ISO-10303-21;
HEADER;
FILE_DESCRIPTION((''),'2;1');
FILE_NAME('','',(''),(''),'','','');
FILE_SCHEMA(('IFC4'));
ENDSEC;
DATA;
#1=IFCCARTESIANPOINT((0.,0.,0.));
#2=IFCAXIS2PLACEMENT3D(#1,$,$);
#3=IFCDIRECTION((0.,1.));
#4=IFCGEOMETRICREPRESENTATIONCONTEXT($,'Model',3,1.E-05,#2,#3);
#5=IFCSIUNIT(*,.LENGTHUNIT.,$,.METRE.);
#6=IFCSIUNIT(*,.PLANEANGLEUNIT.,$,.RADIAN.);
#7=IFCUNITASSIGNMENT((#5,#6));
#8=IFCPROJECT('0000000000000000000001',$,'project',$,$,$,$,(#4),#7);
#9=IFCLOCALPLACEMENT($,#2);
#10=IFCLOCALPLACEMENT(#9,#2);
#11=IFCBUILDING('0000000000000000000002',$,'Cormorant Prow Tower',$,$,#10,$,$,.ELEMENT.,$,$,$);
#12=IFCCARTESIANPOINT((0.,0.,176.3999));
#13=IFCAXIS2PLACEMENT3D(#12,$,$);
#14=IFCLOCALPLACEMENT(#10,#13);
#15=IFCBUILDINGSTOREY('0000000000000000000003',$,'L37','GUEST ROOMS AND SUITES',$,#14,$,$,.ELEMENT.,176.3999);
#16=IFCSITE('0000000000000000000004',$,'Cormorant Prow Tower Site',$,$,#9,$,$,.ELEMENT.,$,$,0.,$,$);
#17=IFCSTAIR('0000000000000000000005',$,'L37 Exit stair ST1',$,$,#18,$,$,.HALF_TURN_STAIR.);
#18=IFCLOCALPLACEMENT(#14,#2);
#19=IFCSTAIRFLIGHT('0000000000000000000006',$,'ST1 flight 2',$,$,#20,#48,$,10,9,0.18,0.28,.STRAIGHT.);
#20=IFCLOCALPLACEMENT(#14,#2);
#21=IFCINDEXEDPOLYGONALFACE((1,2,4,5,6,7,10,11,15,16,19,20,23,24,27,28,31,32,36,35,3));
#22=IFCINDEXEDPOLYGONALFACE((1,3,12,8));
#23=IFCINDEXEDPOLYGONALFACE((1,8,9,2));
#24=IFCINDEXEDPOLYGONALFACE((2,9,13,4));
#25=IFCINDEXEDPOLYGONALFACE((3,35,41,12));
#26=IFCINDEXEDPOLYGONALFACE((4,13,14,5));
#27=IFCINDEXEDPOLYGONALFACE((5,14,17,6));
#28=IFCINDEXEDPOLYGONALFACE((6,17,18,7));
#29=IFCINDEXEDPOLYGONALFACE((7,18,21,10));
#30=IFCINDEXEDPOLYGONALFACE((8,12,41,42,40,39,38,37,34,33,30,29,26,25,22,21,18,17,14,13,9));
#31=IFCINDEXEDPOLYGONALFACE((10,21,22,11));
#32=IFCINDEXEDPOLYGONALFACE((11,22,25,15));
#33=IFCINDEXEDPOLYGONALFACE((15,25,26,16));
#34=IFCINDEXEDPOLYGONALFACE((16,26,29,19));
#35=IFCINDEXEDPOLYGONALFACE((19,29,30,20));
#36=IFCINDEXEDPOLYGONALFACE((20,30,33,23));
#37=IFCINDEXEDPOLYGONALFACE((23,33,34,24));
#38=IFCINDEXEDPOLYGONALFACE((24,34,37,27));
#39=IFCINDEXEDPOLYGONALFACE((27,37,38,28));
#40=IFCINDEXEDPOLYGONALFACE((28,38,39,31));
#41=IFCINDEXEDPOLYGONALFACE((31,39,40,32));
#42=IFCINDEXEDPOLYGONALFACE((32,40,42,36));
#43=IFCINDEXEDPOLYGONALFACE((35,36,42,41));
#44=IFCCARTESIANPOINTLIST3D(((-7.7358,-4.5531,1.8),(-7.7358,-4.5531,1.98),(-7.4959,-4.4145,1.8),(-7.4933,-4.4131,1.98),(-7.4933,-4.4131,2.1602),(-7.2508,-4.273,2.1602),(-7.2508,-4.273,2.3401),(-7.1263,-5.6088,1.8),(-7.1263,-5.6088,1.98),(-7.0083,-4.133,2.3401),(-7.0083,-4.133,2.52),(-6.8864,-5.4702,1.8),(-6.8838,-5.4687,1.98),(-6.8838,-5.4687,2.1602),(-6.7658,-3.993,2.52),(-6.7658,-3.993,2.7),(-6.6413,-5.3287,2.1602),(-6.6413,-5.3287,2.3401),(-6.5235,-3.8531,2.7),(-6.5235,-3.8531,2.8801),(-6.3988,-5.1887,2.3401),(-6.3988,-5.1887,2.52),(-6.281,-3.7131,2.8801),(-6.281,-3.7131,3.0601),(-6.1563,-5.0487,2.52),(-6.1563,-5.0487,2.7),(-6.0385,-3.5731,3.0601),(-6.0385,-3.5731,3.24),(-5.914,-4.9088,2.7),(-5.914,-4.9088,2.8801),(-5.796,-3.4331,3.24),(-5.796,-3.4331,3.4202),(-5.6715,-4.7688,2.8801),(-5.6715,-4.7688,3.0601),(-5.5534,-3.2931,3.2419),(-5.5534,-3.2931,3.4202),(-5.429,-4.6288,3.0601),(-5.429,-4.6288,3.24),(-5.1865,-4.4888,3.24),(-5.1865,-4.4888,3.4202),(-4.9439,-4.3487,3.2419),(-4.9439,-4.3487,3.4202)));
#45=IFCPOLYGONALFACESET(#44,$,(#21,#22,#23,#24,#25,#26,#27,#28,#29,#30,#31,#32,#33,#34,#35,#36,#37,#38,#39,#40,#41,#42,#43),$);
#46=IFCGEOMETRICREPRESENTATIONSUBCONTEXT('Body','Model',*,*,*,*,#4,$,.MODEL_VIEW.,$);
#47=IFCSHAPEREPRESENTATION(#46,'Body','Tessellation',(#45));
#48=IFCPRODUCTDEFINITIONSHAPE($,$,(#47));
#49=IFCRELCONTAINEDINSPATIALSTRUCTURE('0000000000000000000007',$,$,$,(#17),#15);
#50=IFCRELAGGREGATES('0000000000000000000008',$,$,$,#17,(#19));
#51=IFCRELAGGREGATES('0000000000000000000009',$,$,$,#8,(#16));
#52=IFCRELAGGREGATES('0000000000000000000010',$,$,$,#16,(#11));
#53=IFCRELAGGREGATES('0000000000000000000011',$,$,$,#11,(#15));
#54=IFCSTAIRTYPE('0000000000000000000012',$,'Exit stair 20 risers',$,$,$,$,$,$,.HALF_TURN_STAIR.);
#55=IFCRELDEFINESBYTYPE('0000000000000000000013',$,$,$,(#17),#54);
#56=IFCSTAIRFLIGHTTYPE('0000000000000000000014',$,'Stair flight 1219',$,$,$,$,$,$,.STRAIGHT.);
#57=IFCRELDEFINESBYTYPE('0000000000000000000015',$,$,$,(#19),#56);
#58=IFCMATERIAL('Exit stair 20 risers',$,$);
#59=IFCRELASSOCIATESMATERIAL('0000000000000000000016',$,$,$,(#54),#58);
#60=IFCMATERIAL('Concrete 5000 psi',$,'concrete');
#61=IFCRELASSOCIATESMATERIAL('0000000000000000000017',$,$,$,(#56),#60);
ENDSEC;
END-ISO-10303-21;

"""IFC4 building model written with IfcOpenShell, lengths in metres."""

from ifc_helpers import new_model, si_unit, direction, frame, origin, place, context, subcontext, project, spatial, polyline, outline, extrude, material, type_object, element, aggregate, save


model = new_model("IFC4")

# Units and contexts
model_context = context("Model", 3, precision=1e-05, world=origin(), true_north=direction((0.0, 1.0)))
body_context = subcontext(model_context, "Body", "Model", "MODEL_VIEW")
ifc_project = project(units=[si_unit("LENGTHUNIT", "METRE"), si_unit("PLANEANGLEUNIT", "RADIAN")], contexts=[model_context])

# Site, building, storey
site_placement = place(None, origin())
site = spatial("IfcSite", under=ifc_project, at=site_placement, Name="Cormorant Prow Tower Site", CompositionType="ELEMENT", RefElevation=0.0)
building_placement = place(site_placement, origin())
building = spatial("IfcBuilding", under=site, at=building_placement, Name="Cormorant Prow Tower", CompositionType="ELEMENT")
storey_placement = place(building_placement, frame((0.0, 0.0, 176.3999)))
storey = spatial("IfcBuildingStorey", under=building, at=storey_placement, Name="L37", Description="GUEST ROOMS AND SUITES", CompositionType="ELEMENT", Elevation=176.3999)

# Stair, stair flight
ifc_material_1 = material(Name="Exit stair 20 risers")
stair_type = type_object("IfcStairType", Name="Exit stair 20 risers", PredefinedType="HALF_TURN_STAIR", material=ifc_material_1)
stair_placement = place(storey_placement, origin())
stair = element("IfcStair", 1, at=stair_placement, inside=storey, type_object=stair_type, Name="L37 Exit stair ST1", PredefinedType="HALF_TURN_STAIR")
ifc_material_2 = material(Name="Concrete 5000 psi", Category="concrete")
stair_flight_type = type_object("IfcStairFlightType", Name="Stair flight 1219", PredefinedType="STRAIGHT", material=ifc_material_2)
stair_flight_placement = place(storey_placement, frame((-7.4312, -5.0808, 1.8), z_axis=(0.0, 0.0, 1.0), x_axis=(0.866025, 0.5, 0.0)))
stair_flight = element("IfcStairFlight", 2, at=stair_flight_placement, type_object=stair_flight_type, Name="ST1 flight 2", NumberOfRisers=10, NumberOfTreads=9, PredefinedType="STRAIGHT", RiserHeight=0.18, TreadLength=0.28, context=body_context, shape_type="SweptSolid", body=[
    extrude(outline(polyline([(0.0, 0.0), (0.0, 0.1799), (0.28, 0.1799), (0.28, 0.3601), (0.5601, 0.3601), (0.5601, 0.54), (0.8401, 0.54), (0.8401, 0.72), (1.1201, 0.72), (1.1201, 0.8999), (1.3999, 0.8999), (1.3999, 1.0801), (1.6799, 1.0801), (1.6799, 1.26), (1.96, 1.26), (1.96, 1.4399), (2.24, 1.4399), (2.24, 1.6201), (2.52, 1.6201), (2.52, 1.8), (2.52, 1.4419), (0.2771, 0.0), (0.0, 0.0)])), frame((0.0, 0.6094, 0.0), z_axis=(0.0, -1.0, 0.0), x_axis=(1.0, 0.0, 0.0)), (0.0, 0.0, 1.0), 1.219),
])
aggregate(stair, [stair_flight])

save(model, "model.ifc")
